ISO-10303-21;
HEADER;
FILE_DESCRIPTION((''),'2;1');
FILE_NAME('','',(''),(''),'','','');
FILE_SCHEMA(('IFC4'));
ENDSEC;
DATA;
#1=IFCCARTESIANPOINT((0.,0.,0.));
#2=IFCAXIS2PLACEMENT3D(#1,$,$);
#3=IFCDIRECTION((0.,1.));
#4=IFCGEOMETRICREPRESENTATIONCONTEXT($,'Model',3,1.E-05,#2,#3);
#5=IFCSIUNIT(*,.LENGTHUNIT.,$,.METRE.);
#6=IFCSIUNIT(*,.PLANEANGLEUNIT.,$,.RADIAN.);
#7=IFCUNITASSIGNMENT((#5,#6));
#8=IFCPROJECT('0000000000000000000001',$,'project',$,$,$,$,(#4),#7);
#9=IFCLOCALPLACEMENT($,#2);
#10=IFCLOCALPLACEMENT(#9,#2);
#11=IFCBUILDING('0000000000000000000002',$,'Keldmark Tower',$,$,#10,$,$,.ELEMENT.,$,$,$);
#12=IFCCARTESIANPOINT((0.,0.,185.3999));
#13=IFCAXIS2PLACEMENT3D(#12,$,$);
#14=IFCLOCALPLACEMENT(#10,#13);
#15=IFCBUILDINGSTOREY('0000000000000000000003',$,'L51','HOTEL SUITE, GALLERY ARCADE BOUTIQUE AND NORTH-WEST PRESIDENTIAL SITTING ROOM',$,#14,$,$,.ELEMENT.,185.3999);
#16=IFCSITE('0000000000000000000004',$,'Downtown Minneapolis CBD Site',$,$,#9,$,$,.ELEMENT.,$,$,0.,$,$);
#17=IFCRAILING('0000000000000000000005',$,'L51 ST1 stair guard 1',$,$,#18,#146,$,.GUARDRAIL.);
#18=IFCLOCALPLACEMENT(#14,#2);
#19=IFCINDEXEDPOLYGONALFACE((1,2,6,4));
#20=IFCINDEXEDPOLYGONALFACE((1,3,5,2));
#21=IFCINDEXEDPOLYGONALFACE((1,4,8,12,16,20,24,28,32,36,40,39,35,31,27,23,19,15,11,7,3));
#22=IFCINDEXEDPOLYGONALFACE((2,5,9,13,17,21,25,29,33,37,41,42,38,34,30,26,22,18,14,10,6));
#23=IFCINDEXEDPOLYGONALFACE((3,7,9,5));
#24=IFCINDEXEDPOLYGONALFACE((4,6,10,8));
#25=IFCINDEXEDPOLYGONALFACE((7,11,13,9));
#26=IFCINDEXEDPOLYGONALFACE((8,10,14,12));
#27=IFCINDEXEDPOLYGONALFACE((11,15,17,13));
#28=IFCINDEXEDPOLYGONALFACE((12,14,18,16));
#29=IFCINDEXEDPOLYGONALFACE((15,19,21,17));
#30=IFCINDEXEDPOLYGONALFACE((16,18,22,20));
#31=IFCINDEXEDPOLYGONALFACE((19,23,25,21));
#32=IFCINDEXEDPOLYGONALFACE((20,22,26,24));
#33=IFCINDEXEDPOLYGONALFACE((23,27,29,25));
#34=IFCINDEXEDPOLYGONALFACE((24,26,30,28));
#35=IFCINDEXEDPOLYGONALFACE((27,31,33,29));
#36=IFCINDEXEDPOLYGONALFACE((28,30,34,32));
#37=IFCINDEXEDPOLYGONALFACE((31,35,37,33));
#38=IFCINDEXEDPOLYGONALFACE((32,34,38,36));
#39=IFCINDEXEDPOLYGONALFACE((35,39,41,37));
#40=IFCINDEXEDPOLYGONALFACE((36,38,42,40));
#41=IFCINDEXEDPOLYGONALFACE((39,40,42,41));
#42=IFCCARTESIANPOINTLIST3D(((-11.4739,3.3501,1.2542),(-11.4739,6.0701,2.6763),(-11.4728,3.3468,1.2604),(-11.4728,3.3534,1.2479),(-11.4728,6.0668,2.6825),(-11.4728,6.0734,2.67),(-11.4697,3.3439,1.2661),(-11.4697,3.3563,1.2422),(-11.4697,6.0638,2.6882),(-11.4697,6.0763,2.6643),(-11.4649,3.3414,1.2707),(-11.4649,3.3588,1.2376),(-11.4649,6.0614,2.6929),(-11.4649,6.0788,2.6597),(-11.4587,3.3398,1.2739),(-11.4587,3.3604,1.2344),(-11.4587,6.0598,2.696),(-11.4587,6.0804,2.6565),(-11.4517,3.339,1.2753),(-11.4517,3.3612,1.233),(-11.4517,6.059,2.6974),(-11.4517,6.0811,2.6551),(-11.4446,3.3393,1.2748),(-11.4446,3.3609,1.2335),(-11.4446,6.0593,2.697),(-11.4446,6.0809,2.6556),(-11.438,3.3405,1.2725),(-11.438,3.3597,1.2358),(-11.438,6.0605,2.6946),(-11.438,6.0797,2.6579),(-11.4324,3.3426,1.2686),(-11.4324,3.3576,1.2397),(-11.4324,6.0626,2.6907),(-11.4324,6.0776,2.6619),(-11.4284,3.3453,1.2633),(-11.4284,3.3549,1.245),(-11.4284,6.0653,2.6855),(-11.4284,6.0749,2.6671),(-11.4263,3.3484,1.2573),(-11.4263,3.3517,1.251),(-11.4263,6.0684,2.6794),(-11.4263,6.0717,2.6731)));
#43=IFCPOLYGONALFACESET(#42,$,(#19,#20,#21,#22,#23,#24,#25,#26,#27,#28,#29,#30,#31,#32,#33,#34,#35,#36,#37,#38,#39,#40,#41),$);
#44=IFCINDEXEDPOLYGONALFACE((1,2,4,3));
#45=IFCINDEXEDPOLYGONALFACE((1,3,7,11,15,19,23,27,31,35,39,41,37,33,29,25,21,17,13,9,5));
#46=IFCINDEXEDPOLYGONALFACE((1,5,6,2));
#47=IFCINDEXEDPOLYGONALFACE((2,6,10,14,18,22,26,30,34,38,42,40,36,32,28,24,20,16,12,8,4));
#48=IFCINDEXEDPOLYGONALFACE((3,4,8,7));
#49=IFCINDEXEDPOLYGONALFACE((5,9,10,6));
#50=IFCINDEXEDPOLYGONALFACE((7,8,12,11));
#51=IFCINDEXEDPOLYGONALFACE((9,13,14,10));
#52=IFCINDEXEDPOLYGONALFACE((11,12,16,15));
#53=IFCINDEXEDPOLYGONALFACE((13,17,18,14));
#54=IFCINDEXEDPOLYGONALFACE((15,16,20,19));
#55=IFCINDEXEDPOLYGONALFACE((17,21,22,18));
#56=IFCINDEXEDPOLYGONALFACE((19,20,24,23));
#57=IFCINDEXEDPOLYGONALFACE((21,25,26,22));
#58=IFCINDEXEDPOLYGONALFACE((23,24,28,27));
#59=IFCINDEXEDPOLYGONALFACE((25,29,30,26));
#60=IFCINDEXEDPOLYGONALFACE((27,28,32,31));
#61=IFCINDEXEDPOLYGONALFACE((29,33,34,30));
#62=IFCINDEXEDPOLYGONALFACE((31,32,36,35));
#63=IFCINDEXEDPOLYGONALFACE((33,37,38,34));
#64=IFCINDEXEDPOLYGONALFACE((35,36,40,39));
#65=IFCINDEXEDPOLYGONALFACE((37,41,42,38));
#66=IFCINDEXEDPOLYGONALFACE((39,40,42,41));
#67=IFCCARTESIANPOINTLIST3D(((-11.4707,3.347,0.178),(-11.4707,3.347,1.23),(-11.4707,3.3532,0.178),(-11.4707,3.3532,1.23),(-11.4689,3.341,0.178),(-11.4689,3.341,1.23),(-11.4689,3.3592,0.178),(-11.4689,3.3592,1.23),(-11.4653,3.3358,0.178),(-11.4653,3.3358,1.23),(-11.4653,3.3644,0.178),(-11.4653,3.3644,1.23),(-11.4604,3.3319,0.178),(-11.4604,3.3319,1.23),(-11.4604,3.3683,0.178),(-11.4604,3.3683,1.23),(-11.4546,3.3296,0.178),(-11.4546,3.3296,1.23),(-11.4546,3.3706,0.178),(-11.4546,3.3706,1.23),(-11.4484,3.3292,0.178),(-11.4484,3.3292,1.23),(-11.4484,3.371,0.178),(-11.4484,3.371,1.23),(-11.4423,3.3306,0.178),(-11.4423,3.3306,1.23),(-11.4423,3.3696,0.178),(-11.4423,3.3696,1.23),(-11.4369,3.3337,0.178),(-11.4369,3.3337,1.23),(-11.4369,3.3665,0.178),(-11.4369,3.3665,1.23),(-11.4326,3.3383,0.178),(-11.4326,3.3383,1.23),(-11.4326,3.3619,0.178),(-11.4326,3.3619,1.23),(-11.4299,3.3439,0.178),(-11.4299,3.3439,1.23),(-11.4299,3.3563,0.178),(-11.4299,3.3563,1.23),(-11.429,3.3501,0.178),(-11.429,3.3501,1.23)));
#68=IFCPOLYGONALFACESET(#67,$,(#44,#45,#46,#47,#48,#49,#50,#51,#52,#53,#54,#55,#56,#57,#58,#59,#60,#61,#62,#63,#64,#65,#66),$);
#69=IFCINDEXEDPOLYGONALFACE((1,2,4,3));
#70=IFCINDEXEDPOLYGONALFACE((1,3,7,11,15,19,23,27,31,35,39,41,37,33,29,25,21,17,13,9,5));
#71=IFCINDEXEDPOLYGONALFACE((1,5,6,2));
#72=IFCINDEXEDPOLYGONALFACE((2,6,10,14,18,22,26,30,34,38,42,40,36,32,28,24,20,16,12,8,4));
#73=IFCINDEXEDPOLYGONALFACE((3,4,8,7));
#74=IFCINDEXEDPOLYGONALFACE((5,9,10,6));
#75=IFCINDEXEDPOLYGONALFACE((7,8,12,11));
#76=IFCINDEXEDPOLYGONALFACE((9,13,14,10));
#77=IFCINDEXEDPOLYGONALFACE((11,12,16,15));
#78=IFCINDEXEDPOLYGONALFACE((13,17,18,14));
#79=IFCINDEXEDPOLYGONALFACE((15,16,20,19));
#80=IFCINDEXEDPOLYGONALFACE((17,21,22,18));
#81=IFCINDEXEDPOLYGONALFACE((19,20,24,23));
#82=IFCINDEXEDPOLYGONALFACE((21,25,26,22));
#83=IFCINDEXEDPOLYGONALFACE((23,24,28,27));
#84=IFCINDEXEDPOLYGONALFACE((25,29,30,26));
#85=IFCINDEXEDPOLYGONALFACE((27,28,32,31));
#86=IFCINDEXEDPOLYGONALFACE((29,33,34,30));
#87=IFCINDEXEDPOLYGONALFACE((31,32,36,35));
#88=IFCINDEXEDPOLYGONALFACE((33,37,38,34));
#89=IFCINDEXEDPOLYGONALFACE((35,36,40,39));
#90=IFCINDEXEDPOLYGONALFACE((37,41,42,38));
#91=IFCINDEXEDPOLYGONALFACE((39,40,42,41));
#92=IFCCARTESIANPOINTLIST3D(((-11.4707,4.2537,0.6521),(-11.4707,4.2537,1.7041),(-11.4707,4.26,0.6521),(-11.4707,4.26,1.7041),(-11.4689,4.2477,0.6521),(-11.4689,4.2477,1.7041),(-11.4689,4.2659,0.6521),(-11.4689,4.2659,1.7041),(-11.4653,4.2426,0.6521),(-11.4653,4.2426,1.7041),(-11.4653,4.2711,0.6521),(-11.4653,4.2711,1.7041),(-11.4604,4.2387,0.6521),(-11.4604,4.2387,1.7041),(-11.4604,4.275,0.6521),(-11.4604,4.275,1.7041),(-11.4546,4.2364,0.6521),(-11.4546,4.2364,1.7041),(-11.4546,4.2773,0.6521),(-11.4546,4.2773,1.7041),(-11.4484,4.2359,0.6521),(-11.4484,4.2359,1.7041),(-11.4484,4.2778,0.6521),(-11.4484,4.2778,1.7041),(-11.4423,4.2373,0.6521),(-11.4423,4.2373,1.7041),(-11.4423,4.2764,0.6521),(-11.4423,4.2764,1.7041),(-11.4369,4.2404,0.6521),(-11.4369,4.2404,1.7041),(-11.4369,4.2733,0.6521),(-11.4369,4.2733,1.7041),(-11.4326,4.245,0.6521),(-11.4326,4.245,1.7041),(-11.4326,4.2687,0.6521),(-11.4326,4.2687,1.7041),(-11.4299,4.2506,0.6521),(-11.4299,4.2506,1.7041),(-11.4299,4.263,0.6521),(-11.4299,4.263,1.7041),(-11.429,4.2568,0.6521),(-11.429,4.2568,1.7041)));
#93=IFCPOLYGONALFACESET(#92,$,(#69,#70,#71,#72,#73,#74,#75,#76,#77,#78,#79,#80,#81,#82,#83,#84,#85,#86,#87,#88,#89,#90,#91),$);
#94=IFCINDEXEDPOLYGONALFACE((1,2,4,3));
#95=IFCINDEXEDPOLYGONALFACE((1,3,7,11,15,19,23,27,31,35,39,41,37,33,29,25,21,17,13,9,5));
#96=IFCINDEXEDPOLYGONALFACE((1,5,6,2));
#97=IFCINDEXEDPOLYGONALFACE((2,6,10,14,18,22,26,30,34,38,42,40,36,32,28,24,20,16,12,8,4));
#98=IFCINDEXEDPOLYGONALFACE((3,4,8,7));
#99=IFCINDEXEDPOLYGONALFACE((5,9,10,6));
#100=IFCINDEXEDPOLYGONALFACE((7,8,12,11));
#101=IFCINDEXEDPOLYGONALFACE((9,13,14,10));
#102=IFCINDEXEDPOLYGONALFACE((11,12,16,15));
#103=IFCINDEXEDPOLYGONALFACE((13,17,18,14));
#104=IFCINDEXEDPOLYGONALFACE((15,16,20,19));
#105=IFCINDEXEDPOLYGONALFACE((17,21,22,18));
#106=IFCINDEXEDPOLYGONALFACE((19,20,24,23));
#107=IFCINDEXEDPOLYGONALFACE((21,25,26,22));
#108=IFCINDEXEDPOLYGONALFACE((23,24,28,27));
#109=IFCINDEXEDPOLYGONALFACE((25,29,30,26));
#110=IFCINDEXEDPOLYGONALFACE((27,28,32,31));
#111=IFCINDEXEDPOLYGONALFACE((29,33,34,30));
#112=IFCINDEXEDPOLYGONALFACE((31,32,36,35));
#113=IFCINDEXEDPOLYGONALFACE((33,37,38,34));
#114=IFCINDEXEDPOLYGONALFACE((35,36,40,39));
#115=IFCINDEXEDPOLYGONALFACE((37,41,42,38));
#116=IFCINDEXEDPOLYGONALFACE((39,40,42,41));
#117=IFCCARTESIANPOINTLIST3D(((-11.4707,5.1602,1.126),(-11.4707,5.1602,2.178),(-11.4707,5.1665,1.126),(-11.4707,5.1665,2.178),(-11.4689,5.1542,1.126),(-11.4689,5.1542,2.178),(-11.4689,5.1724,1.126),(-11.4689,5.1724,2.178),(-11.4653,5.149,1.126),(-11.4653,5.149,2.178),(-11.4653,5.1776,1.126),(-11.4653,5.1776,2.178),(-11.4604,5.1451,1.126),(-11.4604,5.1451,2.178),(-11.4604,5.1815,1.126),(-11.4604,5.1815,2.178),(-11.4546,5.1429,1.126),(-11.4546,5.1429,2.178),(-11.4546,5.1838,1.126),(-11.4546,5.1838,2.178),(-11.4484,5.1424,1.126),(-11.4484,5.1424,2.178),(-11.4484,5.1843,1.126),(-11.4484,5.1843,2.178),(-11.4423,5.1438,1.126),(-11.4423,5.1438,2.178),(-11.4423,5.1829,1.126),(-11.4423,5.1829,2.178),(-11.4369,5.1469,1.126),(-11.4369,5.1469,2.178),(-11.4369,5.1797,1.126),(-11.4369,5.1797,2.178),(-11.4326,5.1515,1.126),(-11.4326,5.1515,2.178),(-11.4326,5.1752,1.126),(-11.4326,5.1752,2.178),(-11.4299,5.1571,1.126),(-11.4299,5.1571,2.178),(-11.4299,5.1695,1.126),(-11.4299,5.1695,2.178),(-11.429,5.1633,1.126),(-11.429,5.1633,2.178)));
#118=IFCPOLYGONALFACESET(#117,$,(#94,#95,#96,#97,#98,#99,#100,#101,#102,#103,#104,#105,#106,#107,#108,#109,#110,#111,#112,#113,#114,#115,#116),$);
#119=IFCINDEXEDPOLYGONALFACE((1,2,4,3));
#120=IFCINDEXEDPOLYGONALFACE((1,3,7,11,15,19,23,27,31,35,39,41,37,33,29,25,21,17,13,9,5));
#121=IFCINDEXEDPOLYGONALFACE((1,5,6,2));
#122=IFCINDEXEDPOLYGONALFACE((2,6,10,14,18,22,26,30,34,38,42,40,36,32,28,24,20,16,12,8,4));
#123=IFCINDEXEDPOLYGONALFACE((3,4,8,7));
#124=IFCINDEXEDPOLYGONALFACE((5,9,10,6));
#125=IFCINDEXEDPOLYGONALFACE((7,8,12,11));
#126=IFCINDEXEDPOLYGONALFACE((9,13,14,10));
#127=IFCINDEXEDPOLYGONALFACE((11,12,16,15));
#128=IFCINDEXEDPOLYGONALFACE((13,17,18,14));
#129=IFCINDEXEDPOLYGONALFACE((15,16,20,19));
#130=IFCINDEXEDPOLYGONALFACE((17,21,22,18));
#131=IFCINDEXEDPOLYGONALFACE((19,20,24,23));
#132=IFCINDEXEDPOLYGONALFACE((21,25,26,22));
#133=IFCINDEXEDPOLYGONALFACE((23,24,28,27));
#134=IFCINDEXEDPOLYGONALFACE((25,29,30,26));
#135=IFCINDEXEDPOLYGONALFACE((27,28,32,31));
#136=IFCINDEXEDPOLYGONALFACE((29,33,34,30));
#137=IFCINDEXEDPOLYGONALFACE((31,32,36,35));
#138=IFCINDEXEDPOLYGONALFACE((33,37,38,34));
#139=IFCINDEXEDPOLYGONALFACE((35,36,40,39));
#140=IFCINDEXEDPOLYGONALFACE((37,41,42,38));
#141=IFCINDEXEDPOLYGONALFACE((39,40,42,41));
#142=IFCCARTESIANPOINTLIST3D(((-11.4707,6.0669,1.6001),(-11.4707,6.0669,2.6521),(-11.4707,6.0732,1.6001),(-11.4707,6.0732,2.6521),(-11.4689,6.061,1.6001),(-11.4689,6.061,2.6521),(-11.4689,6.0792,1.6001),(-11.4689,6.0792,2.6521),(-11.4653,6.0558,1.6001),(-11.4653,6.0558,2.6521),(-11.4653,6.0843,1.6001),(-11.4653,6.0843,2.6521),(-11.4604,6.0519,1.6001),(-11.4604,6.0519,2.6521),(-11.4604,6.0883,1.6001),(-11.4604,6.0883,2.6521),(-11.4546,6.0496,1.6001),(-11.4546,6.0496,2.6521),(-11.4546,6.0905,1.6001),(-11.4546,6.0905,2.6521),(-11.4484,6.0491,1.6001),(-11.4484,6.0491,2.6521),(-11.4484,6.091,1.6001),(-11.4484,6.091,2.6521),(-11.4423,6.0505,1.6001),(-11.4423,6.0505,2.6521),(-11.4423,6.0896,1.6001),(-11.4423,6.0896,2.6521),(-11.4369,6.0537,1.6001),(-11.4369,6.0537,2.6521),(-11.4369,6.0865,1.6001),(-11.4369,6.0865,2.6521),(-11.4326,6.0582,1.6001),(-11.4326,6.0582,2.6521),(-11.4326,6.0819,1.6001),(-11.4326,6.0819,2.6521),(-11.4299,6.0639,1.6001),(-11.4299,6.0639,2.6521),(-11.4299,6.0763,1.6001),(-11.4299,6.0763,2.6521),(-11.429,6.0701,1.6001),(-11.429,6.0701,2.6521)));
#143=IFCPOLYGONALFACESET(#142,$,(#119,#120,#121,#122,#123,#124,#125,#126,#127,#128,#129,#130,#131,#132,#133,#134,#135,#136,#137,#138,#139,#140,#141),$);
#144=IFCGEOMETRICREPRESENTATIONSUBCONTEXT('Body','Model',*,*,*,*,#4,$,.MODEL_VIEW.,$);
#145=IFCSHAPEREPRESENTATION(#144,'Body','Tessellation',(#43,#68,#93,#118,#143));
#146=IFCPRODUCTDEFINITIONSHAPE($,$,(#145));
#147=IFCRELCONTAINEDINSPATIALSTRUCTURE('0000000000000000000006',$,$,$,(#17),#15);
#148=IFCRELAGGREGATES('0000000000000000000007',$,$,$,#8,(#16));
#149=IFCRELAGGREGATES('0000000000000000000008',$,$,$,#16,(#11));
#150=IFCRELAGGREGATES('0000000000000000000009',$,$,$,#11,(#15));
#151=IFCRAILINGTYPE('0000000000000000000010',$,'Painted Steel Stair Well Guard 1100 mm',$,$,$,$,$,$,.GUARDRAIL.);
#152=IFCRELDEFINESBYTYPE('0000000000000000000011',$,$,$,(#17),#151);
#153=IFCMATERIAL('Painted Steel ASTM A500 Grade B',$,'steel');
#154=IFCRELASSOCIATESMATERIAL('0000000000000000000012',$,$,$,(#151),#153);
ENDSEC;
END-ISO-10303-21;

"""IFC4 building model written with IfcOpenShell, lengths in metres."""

from ifc_helpers import new_model, si_unit, direction, frame, origin, origin_2d, place, context, subcontext, project, spatial, circle, extrude, material, type_object, element, save


model = new_model("IFC4")

# Units and contexts
model_context = context("Model", 3, precision=1e-05, world=origin(), true_north=direction((0.0, 1.0)))
body_context = subcontext(model_context, "Body", "Model", "MODEL_VIEW")
ifc_project = project(units=[si_unit("LENGTHUNIT", "METRE"), si_unit("PLANEANGLEUNIT", "RADIAN")], contexts=[model_context])

# Site, building, storey
site_placement = place(None, origin())
site = spatial("IfcSite", under=ifc_project, at=site_placement, Name="Downtown Minneapolis CBD Site", CompositionType="ELEMENT", RefElevation=0.0)
building_placement = place(site_placement, origin())
building = spatial("IfcBuilding", under=site, at=building_placement, Name="Keldmark Tower", CompositionType="ELEMENT")
storey_placement = place(building_placement, frame((0.0, 0.0, 185.3999)))
storey = spatial("IfcBuildingStorey", under=building, at=storey_placement, Name="L51", Description="HOTEL SUITE, GALLERY ARCADE BOUTIQUE AND NORTH-WEST PRESIDENTIAL SITTING ROOM", CompositionType="ELEMENT", Elevation=185.3999)

# Railing
ifc_material_1 = material(Name="Painted Steel ASTM A500 Grade B", Category="steel")
railing_type_1 = type_object("IfcRailingType", Name="Painted Steel Stair Well Guard 1100 mm", PredefinedType="GUARDRAIL", material=ifc_material_1)
railing_1_placement = place(storey_placement, frame((-11.45, 3.3501, 0.178)))
element("IfcRailing", 1, at=railing_1_placement, inside=storey, type_object=railing_type_1, Name="L51 ST1 stair guard 1", PredefinedType="GUARDRAIL", context=body_context, shape_type="SweptSolid", body=[
    extrude(circle(Radius=0.0239, at=origin_2d()), frame((0.0, 0.0, 1.0762), z_axis=(0.0, 0.886183, 0.463335), x_axis=(-1.0, 0.0, 0.0)), (0.0, 0.0, 1.0), 3.0693),
    extrude(circle(Radius=0.021, at=origin_2d()), origin(), (0.0, 0.0, 1.0), 1.052),
    extrude(circle(Radius=0.021, at=origin_2d()), frame((0.0, 0.9067, 0.4741)), (0.0, 0.0, 1.0), 1.052),
    extrude(circle(Radius=0.021, at=origin_2d()), frame((0.0, 1.8132, 0.948)), (0.0, 0.0, 1.0), 1.052),
    extrude(circle(Radius=0.021, at=origin_2d()), frame((0.0, 2.72, 1.4221)), (0.0, 0.0, 1.0), 1.052),
])

save(model, "model.ifc")
